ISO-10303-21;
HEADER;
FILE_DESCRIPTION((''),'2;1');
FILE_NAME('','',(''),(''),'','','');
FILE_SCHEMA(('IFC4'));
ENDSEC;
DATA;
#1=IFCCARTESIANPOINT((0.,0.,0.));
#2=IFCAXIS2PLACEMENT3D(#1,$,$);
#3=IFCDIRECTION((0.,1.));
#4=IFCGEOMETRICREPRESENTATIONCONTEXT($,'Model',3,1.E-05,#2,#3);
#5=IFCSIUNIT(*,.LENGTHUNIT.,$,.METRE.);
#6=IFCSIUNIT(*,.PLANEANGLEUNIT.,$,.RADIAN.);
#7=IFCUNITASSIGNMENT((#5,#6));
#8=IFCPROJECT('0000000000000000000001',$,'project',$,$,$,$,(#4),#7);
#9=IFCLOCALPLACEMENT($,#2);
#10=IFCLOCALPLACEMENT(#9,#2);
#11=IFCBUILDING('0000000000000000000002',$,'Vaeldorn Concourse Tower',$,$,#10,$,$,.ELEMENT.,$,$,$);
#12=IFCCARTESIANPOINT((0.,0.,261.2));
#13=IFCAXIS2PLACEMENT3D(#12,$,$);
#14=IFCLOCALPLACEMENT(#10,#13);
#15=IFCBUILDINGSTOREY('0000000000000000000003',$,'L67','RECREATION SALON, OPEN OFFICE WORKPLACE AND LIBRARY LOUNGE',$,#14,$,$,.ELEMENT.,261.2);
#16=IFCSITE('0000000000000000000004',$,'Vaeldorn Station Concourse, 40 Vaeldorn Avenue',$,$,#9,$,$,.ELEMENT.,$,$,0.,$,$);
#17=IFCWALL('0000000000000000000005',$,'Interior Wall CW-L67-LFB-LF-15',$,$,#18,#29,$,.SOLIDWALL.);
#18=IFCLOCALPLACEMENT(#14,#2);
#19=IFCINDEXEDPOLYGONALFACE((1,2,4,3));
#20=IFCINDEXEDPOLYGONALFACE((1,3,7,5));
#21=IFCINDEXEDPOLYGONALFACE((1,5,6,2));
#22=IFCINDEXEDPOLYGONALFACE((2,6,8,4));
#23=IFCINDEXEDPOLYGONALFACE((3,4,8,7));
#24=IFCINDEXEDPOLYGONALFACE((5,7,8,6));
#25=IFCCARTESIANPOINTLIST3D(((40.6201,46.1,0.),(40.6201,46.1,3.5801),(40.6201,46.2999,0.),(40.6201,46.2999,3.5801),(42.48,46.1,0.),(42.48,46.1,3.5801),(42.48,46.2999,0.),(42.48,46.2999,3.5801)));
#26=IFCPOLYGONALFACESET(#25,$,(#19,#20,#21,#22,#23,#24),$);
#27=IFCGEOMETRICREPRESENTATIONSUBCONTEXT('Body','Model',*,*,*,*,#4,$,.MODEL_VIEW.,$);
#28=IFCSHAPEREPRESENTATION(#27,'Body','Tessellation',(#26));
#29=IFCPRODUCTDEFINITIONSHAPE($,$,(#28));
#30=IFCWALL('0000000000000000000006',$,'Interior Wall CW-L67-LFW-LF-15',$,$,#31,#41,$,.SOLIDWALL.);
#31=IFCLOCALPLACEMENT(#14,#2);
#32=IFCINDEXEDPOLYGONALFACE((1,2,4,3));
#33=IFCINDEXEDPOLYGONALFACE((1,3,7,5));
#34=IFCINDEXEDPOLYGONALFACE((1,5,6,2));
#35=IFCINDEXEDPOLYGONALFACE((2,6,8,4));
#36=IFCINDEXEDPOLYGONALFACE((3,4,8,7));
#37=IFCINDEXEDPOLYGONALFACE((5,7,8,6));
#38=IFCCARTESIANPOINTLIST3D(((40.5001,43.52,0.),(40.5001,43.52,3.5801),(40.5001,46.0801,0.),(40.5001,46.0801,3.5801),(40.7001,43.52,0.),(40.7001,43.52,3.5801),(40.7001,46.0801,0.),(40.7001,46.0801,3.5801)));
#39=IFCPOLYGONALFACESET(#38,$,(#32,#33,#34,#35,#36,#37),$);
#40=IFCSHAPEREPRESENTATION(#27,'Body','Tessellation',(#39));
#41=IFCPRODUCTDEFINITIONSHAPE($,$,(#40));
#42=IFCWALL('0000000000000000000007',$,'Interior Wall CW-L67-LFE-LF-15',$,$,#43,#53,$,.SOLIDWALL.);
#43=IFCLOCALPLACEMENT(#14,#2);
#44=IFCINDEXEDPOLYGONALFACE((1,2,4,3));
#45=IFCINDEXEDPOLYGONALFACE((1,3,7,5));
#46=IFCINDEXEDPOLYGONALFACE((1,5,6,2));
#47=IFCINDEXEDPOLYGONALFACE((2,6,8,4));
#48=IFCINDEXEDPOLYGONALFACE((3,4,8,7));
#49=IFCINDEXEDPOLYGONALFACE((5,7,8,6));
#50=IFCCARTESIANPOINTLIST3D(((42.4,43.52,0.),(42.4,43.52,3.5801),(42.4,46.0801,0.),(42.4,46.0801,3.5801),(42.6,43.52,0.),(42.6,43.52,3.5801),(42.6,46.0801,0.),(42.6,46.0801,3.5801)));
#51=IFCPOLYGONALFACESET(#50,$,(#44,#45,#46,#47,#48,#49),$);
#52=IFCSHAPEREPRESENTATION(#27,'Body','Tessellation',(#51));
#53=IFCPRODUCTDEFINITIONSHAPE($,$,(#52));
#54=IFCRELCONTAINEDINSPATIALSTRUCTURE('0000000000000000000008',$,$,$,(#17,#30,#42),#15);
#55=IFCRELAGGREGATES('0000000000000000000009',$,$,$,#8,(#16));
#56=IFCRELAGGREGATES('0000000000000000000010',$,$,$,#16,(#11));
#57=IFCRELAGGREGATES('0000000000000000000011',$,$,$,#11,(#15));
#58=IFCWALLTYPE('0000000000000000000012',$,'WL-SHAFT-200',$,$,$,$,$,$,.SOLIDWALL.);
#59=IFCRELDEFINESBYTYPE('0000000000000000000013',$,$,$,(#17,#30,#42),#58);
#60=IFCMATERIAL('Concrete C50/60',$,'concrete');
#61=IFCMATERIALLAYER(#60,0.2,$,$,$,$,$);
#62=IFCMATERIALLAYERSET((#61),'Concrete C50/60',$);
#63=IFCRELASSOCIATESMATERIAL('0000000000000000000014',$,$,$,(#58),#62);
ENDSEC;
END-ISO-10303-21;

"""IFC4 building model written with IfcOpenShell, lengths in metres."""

from ifc_helpers import new_model, si_unit, direction, frame, frame_2d, origin, place, context, subcontext, project, spatial, rectangle, extrude, material, layer, layer_set, type_object, element, save


model = new_model("IFC4")

# Units and contexts
model_context = context("Model", 3, precision=1e-05, world=origin(), true_north=direction((0.0, 1.0)))
body_context = subcontext(model_context, "Body", "Model", "MODEL_VIEW")
ifc_project = project(units=[si_unit("LENGTHUNIT", "METRE"), si_unit("PLANEANGLEUNIT", "RADIAN")], contexts=[model_context])

# Site, building, storey
site_placement = place(None, origin())
site = spatial("IfcSite", under=ifc_project, at=site_placement, Name="Vaeldorn Station Concourse, 40 Vaeldorn Avenue", CompositionType="ELEMENT", RefElevation=0.0)
building_placement = place(site_placement, origin())
building = spatial("IfcBuilding", under=site, at=building_placement, Name="Vaeldorn Concourse Tower", CompositionType="ELEMENT")
storey_placement = place(building_placement, frame((0.0, 0.0, 261.2)))
storey = spatial("IfcBuildingStorey", under=building, at=storey_placement, Name="L67", Description="RECREATION SALON, OPEN OFFICE WORKPLACE AND LIBRARY LOUNGE", CompositionType="ELEMENT", Elevation=261.2)

# Shared definitions
ifc_material_1 = material(Name="Concrete C50/60", Category="concrete")

# Shared definitions
ifc_layer_1 = layer(ifc_material_1, 0.2)
ifc_layer_set_1 = layer_set([ifc_layer_1], Name="Concrete C50/60")
wall_type_1 = type_object("IfcWallType", Name="WL-SHAFT-200", PredefinedType="SOLIDWALL", material=ifc_layer_set_1)

# Walls
wall_1_placement = place(storey_placement, frame((40.6201, 46.2, 0.0), z_axis=(0.0, 0.0, 1.0), x_axis=(1.0, 0.0, 0.0)))
element("IfcWall", 1, at=wall_1_placement, inside=storey, type_object=wall_type_1, Name="Interior Wall CW-L67-LFB-LF-15", PredefinedType="SOLIDWALL", context=body_context, shape_type="SweptSolid", body=[
    extrude(rectangle(XDim=1.8599, YDim=0.2, at=frame_2d((0.9299, 0.0))), origin(), (0.0, 0.0, 1.0), 3.5801),
])
for number, where, z_axis, x_axis, name in (
    (2, (40.6001, 43.52, 0.0), (0.0, 0.0, 1.0), (0.0, 1.0, 0.0), "Interior Wall CW-L67-LFW-LF-15"),
    (3, (42.5, 43.52, 0.0), (0.0, 0.0, 1.0), (0.0, 1.0, 0.0), "Interior Wall CW-L67-LFE-LF-15"),
):
    element("IfcWall", number, at=place(storey_placement, frame(where, z_axis=z_axis, x_axis=x_axis)), inside=storey, type_object=wall_type_1, Name=name, PredefinedType="SOLIDWALL", context=body_context, shape_type="SweptSolid", body=[
        extrude(rectangle(XDim=2.5601, YDim=0.2, at=frame_2d((1.28, 0.0))), origin(), (0.0, 0.0, 1.0), 3.5801),
    ])

save(model, "model.ifc")
